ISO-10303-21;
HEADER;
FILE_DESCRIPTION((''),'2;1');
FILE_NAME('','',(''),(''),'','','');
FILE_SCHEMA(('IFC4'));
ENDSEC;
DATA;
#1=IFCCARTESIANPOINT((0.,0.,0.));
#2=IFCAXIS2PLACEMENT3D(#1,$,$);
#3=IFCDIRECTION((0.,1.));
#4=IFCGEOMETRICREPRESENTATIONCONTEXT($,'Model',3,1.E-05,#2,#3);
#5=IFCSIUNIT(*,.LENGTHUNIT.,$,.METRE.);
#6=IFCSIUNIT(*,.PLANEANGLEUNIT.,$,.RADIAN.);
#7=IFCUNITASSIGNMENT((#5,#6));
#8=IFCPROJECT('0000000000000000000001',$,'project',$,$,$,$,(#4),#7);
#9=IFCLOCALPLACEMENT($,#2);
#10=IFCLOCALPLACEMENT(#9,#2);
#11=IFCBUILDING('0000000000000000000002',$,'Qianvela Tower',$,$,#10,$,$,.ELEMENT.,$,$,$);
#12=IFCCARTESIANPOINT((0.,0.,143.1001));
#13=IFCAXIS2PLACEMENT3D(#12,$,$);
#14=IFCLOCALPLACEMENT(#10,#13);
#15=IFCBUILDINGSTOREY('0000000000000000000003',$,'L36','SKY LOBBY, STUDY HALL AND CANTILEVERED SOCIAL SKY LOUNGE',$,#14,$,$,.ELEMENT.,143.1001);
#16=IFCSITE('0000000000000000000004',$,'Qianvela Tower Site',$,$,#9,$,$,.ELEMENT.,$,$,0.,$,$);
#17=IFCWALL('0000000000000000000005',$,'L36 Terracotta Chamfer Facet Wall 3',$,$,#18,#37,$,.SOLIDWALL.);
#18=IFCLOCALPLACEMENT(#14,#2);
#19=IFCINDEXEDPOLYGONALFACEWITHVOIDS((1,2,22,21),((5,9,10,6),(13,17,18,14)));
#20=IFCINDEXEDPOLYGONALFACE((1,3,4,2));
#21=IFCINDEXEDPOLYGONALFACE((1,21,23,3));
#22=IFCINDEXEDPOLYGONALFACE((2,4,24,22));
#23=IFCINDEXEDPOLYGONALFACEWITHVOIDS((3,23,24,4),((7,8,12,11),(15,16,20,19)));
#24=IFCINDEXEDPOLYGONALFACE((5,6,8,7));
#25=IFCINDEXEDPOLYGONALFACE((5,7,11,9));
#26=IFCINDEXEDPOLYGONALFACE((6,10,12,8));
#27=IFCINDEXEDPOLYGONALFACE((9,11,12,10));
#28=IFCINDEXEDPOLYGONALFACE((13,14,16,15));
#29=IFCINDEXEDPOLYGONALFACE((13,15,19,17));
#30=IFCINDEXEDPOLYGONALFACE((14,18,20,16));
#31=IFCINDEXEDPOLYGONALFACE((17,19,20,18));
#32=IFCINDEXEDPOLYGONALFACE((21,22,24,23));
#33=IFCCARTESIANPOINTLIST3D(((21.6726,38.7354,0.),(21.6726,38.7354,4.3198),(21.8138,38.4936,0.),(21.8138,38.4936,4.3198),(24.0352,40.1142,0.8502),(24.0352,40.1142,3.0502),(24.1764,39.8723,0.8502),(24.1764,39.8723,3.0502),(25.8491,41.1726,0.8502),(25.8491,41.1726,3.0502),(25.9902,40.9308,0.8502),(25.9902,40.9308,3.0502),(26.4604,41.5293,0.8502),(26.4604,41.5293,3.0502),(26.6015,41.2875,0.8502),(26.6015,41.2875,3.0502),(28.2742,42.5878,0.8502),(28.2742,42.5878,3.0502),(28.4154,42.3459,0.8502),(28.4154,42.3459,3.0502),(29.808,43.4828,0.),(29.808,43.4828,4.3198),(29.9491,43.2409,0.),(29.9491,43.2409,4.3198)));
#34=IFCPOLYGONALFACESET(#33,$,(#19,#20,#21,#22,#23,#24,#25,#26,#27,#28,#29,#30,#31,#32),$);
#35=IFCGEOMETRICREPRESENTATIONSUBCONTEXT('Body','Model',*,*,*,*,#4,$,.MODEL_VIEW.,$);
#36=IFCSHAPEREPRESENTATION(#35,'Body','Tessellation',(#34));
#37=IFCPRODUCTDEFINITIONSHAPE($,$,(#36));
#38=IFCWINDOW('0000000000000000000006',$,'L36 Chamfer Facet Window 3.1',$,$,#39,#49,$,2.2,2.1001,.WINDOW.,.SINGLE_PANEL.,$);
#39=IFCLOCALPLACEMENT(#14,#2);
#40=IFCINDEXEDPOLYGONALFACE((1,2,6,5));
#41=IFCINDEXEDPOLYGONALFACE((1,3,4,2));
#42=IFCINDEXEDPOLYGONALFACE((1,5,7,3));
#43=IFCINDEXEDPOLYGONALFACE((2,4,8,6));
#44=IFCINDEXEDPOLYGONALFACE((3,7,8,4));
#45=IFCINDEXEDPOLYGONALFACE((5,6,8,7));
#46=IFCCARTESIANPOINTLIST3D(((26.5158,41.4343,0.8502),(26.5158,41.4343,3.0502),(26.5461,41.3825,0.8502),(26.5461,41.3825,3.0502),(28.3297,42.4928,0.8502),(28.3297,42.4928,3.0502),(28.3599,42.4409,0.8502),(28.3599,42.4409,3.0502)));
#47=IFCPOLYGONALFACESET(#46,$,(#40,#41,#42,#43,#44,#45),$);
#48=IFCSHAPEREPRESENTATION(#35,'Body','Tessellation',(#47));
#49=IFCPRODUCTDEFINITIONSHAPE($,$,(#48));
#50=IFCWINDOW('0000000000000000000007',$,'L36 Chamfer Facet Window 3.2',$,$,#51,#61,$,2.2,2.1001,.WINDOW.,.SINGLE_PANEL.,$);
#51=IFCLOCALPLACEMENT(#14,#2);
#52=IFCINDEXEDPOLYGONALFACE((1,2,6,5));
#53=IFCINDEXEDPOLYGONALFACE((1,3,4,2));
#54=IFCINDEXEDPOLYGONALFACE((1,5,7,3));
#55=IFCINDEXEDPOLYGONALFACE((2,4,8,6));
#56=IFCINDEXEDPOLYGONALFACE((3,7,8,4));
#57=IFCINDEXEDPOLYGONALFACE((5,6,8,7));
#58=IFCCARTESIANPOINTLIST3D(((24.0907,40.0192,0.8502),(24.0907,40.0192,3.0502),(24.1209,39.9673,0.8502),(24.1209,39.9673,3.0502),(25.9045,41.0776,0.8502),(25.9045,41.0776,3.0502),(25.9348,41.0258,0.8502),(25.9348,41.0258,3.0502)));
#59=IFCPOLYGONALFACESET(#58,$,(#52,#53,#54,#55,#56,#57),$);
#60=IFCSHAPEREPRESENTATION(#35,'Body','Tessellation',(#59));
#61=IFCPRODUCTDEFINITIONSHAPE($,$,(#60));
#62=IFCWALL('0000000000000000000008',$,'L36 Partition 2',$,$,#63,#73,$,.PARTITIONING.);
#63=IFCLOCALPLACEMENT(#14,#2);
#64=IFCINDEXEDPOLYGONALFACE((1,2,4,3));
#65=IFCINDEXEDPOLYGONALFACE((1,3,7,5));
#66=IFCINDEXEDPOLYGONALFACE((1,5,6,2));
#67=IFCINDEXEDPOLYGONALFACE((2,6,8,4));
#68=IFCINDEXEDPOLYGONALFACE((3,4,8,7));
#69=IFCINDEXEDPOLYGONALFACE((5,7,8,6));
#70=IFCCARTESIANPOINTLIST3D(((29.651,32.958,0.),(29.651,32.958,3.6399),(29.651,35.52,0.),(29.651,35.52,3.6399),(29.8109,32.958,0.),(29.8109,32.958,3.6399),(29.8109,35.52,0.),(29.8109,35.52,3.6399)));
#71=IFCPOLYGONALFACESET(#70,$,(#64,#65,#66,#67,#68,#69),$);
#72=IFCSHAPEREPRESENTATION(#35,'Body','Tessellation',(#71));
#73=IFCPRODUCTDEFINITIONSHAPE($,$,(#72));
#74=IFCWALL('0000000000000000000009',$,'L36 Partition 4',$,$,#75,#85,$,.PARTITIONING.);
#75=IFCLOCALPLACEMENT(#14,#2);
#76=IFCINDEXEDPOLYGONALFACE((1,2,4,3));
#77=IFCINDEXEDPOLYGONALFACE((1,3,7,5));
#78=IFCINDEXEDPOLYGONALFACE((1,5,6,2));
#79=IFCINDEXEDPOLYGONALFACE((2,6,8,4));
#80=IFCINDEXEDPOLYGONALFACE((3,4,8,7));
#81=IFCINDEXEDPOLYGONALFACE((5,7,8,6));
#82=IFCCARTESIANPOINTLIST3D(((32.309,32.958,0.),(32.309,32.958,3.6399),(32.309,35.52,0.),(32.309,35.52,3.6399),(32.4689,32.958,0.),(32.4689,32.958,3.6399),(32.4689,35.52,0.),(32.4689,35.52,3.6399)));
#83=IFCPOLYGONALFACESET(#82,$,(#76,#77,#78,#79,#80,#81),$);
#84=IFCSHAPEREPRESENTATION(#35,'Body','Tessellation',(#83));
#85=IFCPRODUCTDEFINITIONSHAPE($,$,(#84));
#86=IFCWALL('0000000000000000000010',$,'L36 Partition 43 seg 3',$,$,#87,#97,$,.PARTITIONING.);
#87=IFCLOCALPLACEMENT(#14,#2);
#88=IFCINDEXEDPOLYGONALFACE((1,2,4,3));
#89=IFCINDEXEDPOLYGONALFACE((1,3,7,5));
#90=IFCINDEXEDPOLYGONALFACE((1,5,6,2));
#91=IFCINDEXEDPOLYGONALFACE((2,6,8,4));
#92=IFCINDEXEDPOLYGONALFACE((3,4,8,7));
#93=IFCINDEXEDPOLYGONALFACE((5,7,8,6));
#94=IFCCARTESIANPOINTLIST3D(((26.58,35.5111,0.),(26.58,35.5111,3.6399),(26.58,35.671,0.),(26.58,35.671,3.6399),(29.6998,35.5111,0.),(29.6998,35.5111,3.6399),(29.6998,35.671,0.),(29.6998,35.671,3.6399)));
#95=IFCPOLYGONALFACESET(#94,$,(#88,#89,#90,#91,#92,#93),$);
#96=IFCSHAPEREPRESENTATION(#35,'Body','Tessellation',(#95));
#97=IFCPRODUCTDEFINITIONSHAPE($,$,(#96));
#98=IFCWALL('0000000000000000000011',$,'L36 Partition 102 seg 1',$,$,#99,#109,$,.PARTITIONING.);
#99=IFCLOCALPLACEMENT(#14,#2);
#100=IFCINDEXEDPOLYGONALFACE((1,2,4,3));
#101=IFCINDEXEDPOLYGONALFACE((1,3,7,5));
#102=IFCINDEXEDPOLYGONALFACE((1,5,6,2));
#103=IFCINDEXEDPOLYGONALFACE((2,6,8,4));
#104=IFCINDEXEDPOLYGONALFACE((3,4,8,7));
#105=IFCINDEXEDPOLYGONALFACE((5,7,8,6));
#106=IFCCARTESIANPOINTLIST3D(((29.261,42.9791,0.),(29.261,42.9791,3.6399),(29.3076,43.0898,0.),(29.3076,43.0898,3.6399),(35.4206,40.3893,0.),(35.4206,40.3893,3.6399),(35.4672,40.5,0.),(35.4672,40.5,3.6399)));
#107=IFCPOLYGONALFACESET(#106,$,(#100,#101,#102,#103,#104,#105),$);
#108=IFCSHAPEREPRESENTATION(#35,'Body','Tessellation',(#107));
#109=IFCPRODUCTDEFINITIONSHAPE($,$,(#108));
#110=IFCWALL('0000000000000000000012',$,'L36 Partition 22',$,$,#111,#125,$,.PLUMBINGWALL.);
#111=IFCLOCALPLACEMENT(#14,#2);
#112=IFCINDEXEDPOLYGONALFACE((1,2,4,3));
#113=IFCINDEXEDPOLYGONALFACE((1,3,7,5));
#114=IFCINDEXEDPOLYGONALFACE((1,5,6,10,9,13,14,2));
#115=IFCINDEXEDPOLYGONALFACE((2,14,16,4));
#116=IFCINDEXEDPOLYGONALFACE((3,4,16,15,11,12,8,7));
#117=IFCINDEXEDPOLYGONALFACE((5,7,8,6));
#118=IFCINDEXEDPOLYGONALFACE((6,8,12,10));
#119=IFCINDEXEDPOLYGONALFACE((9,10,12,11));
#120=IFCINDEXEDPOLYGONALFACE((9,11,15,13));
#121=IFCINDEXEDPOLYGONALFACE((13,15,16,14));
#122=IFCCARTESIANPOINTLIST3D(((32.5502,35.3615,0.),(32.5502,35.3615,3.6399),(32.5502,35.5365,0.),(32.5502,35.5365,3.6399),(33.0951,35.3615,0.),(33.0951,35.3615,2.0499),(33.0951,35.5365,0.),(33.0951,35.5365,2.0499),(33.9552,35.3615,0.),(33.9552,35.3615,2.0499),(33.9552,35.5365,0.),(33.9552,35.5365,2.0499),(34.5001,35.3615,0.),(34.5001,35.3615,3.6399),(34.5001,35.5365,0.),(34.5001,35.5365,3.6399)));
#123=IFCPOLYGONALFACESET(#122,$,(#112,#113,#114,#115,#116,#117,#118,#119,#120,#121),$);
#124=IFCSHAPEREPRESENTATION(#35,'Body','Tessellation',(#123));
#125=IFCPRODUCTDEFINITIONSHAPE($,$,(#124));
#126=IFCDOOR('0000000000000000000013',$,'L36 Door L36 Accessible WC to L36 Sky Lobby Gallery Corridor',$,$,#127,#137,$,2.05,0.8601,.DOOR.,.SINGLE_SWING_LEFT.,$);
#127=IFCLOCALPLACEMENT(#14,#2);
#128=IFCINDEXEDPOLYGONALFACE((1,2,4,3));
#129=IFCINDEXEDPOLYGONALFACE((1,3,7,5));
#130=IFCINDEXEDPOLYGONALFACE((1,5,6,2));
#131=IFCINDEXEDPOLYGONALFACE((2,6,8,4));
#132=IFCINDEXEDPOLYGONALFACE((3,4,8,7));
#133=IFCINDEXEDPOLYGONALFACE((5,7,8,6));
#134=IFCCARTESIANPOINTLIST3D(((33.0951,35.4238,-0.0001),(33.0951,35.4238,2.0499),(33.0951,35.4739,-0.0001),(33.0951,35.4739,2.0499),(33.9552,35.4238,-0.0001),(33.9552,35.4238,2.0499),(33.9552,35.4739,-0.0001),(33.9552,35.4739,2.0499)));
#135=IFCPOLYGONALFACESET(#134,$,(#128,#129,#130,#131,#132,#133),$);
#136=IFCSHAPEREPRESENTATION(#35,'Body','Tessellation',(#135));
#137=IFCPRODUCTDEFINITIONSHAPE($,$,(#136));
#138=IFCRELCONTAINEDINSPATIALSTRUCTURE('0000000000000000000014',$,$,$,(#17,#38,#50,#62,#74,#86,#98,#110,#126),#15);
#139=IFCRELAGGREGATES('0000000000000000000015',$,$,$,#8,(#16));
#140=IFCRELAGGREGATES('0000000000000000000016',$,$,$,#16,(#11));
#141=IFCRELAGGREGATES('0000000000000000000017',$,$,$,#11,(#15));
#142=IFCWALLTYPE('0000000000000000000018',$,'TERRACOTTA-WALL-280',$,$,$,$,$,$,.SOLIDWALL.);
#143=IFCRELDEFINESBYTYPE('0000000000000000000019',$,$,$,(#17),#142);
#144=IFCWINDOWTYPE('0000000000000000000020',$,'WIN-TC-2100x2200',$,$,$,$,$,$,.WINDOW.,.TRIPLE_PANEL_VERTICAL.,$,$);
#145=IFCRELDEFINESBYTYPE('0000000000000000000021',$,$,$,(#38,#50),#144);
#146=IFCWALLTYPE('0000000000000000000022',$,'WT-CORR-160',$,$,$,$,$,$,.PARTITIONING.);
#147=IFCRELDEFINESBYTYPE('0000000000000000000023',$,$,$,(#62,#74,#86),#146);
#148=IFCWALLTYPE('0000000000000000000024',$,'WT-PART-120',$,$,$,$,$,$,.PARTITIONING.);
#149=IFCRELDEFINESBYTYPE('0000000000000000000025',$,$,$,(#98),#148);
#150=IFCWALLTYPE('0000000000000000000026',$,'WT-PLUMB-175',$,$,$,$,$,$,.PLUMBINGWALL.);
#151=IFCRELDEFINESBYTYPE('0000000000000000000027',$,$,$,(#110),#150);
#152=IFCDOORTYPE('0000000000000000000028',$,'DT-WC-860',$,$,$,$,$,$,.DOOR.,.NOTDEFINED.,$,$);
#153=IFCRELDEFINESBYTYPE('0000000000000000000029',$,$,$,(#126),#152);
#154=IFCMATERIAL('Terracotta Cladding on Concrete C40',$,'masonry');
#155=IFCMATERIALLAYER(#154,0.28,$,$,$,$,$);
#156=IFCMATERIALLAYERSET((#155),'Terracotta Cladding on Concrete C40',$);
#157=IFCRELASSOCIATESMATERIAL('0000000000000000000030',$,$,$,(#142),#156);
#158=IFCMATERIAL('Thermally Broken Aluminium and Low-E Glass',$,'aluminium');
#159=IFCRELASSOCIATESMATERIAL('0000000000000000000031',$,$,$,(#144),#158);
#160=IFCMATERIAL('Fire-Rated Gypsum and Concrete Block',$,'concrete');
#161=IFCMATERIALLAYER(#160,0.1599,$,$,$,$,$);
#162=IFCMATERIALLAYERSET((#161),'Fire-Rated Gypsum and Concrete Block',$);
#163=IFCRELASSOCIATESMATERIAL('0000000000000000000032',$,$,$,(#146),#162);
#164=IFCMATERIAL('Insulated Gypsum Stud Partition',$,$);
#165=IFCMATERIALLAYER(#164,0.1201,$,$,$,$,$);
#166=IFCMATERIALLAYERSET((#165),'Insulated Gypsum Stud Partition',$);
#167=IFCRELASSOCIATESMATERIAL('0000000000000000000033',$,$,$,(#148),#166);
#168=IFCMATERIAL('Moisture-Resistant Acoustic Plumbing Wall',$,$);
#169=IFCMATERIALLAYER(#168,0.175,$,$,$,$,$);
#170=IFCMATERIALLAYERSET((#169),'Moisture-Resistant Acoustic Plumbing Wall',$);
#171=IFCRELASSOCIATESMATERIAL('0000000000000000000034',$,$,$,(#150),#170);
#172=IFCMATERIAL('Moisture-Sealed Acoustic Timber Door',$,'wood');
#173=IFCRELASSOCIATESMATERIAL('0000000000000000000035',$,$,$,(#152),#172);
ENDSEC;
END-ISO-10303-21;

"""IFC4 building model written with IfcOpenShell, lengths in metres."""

from ifc_helpers import new_model, si_unit, direction, frame, frame_2d, origin, place, context, subcontext, project, spatial, rectangle, extrude, material, layer, layer_set, type_object, element, fill, save


model = new_model("IFC4")

# Units and contexts
model_context = context("Model", 3, precision=1e-05, world=origin(), true_north=direction((0.0, 1.0)))
body_context = subcontext(model_context, "Body", "Model", "MODEL_VIEW")
ifc_project = project(units=[si_unit("LENGTHUNIT", "METRE"), si_unit("PLANEANGLEUNIT", "RADIAN")], contexts=[model_context])

# Site, building, storey
site_placement = place(None, origin())
site = spatial("IfcSite", under=ifc_project, at=site_placement, Name="Qianvela Tower Site", CompositionType="ELEMENT", RefElevation=0.0)
building_placement = place(site_placement, origin())
building = spatial("IfcBuilding", under=site, at=building_placement, Name="Qianvela Tower", CompositionType="ELEMENT")
storey_placement = place(building_placement, frame((0.0, 0.0, 143.1001)))
storey = spatial("IfcBuildingStorey", under=building, at=storey_placement, Name="L36", Description="SKY LOBBY, STUDY HALL AND CANTILEVERED SOCIAL SKY LOUNGE", CompositionType="ELEMENT", Elevation=143.1001)

# Wall, openings, windows
ifc_material_1 = material(Name="Terracotta Cladding on Concrete C40", Category="masonry")
ifc_layer_1 = layer(ifc_material_1, 0.28)
ifc_layer_set_1 = layer_set([ifc_layer_1], Name="Terracotta Cladding on Concrete C40")
wall_type_1 = type_object("IfcWallType", Name="TERRACOTTA-WALL-280", PredefinedType="SOLIDWALL", material=ifc_layer_set_1)
wall_1_placement = place(storey_placement, frame((29.8784, 43.3618, 0.0), z_axis=(0.0, 0.0, 1.0), x_axis=(-0.863698, -0.50401, 0.0)))
wall_1 = element("IfcWall", 1, at=wall_1_placement, inside=storey, type_object=wall_type_1, Name="L36 Terracotta Chamfer Facet Wall 3", PredefinedType="SOLIDWALL", context=body_context, shape_type="SweptSolid", body=[
    extrude(rectangle(XDim=9.4192, YDim=0.28, at=frame_2d((4.7095, 0.0))), origin(), (0.0, 0.0, 1.0), 4.3198),
])
opening_1_placement = place(wall_1_placement, frame((1.7756, 0.0, 0.8501)))
opening_1 = element("IfcOpeningElement", 2, at=opening_1_placement, cuts=wall_1, PredefinedType="OPENING", context=body_context, shape_type="SweptSolid", body=[
    extrude(rectangle(XDim=2.1001, YDim=2.2, at=frame_2d((1.05, 1.1001))), frame((0.0, 0.1499, 0.0), z_axis=(0.0, -1.0, 0.0), x_axis=(1.0, 0.0, 0.0)), (0.0, 0.0, 1.0), 0.3),
])
opening_2_placement = place(wall_1_placement, frame((4.5835, 0.0, 0.8501)))
opening_2 = element("IfcOpeningElement", 3, at=opening_2_placement, cuts=wall_1, PredefinedType="OPENING", context=body_context, shape_type="SweptSolid", body=[
    extrude(rectangle(XDim=2.1001, YDim=2.2, at=frame_2d((1.05, 1.1001))), frame((0.0, 0.1499, 0.0), z_axis=(0.0, -1.0, 0.0), x_axis=(1.0, 0.0, 0.0)), (0.0, 0.0, 1.0), 0.3),
])
ifc_material_2 = material(Name="Thermally Broken Aluminium and Low-E Glass", Category="aluminium")
window_type = type_object("IfcWindowType", Name="WIN-TC-2100x2200", PartitioningType="TRIPLE_PANEL_VERTICAL", PredefinedType="WINDOW", material=ifc_material_2)
window_1_placement = place(opening_1_placement, origin())
window_1 = element("IfcWindow", 4, at=window_1_placement, inside=storey, type_object=window_type, Name="L36 Chamfer Facet Window 3.1", OverallHeight=2.2, OverallWidth=2.1001, PartitioningType="SINGLE_PANEL", PredefinedType="WINDOW", context=body_context, shape_type="SweptSolid", body=[
    extrude(rectangle(XDim=2.1001, YDim=2.2, at=frame_2d((1.05, 1.1001))), frame((0.0, 0.03, 0.0), z_axis=(0.0, -1.0, 0.0), x_axis=(1.0, 0.0, 0.0)), (0.0, 0.0, 1.0), 0.0601),
])
fill(opening_1, window_1)
window_2_placement = place(opening_2_placement, origin())
window_2 = element("IfcWindow", 5, at=window_2_placement, inside=storey, type_object=window_type, Name="L36 Chamfer Facet Window 3.2", OverallHeight=2.2, OverallWidth=2.1001, PartitioningType="SINGLE_PANEL", PredefinedType="WINDOW", context=body_context, shape_type="SweptSolid", body=[
    extrude(rectangle(XDim=2.1001, YDim=2.2, at=frame_2d((1.05, 1.1001))), frame((0.0, 0.03, 0.0), z_axis=(0.0, -1.0, 0.0), x_axis=(1.0, 0.0, 0.0)), (0.0, 0.0, 1.0), 0.0601),
])
fill(opening_2, window_2)

# Wall
ifc_material_3 = material(Name="Fire-Rated Gypsum and Concrete Block", Category="concrete")
ifc_layer_2 = layer(ifc_material_3, 0.1599)
ifc_layer_set_2 = layer_set([ifc_layer_2], Name="Fire-Rated Gypsum and Concrete Block")
wall_type_2 = type_object("IfcWallType", Name="WT-CORR-160", PredefinedType="PARTITIONING", material=ifc_layer_set_2)
wall_2_placement = place(storey_placement, frame((29.731, 32.958, 0.0), z_axis=(0.0, 0.0, 1.0), x_axis=(0.0, 1.0, 0.0)))
element("IfcWall", 6, at=wall_2_placement, inside=storey, type_object=wall_type_2, Name="L36 Partition 2", PredefinedType="PARTITIONING", context=body_context, shape_type="SweptSolid", body=[
    extrude(rectangle(XDim=2.562, YDim=0.1599, at=frame_2d((1.281, 0.0))), origin(), (0.0, 0.0, 1.0), 3.6399),
])

# Walls
wall_3_placement = place(storey_placement, frame((32.3889, 35.52, 0.0), z_axis=(0.0, 0.0, 1.0), x_axis=(0.0, -1.0, 0.0)))
element("IfcWall", 7, at=wall_3_placement, inside=storey, type_object=wall_type_2, Name="L36 Partition 4", PredefinedType="PARTITIONING", context=body_context, shape_type="SweptSolid", body=[
    extrude(rectangle(XDim=2.562, YDim=0.1599, at=frame_2d((1.281, 0.0))), origin(), (0.0, 0.0, 1.0), 3.6399),
])
wall_4_placement = place(storey_placement, frame((29.7, 35.5911, 0.0), z_axis=(0.0, 0.0, 1.0), x_axis=(-1.0, 0.0, 0.0)))
element("IfcWall", 8, at=wall_4_placement, inside=storey, type_object=wall_type_2, Name="L36 Partition 43 seg 3", PredefinedType="PARTITIONING", context=body_context, shape_type="SweptSolid", body=[
    extrude(rectangle(XDim=3.1199, YDim=0.1599, at=frame_2d((1.5601, 0.0))), origin(), (0.0, 0.0, 1.0), 3.6399),
])
ifc_material_4 = material(Name="Insulated Gypsum Stud Partition")
ifc_layer_3 = layer(ifc_material_4, 0.1201)
ifc_layer_set_3 = layer_set([ifc_layer_3], Name="Insulated Gypsum Stud Partition")
wall_type_3 = type_object("IfcWallType", Name="WT-PART-120", PredefinedType="PARTITIONING", material=ifc_layer_set_3)
wall_5_placement = place(storey_placement, frame((29.2844, 43.0344, 0.0), z_axis=(0.0, 0.0, 1.0), x_axis=(0.921833, -0.387587, 0.0)))
element("IfcWall", 9, at=wall_5_placement, inside=storey, type_object=wall_type_3, Name="L36 Partition 102 seg 1", PredefinedType="PARTITIONING", context=body_context, shape_type="SweptSolid", body=[
    extrude(rectangle(XDim=6.6819, YDim=0.1201, at=frame_2d((3.3408, 0.0))), origin(), (0.0, 0.0, 1.0), 3.6399),
])

# Wall, opening, door
ifc_material_5 = material(Name="Moisture-Resistant Acoustic Plumbing Wall")
ifc_layer_4 = layer(ifc_material_5, 0.175)
ifc_layer_set_4 = layer_set([ifc_layer_4], Name="Moisture-Resistant Acoustic Plumbing Wall")
wall_type_4 = type_object("IfcWallType", Name="WT-PLUMB-175", PredefinedType="PLUMBINGWALL", material=ifc_layer_set_4)
wall_6_placement = place(storey_placement, frame((32.55, 35.449, 0.0), z_axis=(0.0, 0.0, 1.0), x_axis=(1.0, 0.0, 0.0)))
wall_6 = element("IfcWall", 10, at=wall_6_placement, inside=storey, type_object=wall_type_4, Name="L36 Partition 22", PredefinedType="PLUMBINGWALL", context=body_context, shape_type="SweptSolid", body=[
    extrude(rectangle(XDim=1.95, YDim=0.175, at=frame_2d((0.9751, 0.0))), origin(), (0.0, 0.0, 1.0), 3.6399),
])
opening_3_placement = place(wall_6_placement, frame((0.5449, 0.0, 0.0)))
opening_3 = element("IfcOpeningElement", 11, at=opening_3_placement, cuts=wall_6, PredefinedType="OPENING", context=body_context, shape_type="SweptSolid", body=[
    extrude(rectangle(XDim=0.8601, YDim=2.05, at=frame_2d((0.4302, 1.0249))), frame((0.0, 0.0974, 0.0), z_axis=(0.0, -1.0, 0.0), x_axis=(1.0, 0.0, 0.0)), (0.0, 0.0, 1.0), 0.1951),
])
ifc_material_6 = material(Name="Moisture-Sealed Acoustic Timber Door", Category="wood")
door_type_1 = type_object("IfcDoorType", Name="DT-WC-860", OperationType="NOTDEFINED", PredefinedType="DOOR", material=ifc_material_6)
door_1_placement = place(opening_3_placement, origin())
door_1 = element("IfcDoor", 12, at=door_1_placement, inside=storey, type_object=door_type_1, Name="L36 Door L36 Accessible WC to L36 Sky Lobby Gallery Corridor", OperationType="SINGLE_SWING_LEFT", OverallHeight=2.05, OverallWidth=0.8601, PredefinedType="DOOR", context=body_context, shape_type="SweptSolid", body=[
    extrude(rectangle(XDim=0.8601, YDim=2.05, at=frame_2d((0.4302, 1.0249))), frame((0.0, 0.0249, 0.0), z_axis=(0.0, -1.0, 0.0), x_axis=(1.0, 0.0, 0.0)), (0.0, 0.0, 1.0), 0.05),
])
fill(opening_3, door_1)

save(model, "model.ifc")
